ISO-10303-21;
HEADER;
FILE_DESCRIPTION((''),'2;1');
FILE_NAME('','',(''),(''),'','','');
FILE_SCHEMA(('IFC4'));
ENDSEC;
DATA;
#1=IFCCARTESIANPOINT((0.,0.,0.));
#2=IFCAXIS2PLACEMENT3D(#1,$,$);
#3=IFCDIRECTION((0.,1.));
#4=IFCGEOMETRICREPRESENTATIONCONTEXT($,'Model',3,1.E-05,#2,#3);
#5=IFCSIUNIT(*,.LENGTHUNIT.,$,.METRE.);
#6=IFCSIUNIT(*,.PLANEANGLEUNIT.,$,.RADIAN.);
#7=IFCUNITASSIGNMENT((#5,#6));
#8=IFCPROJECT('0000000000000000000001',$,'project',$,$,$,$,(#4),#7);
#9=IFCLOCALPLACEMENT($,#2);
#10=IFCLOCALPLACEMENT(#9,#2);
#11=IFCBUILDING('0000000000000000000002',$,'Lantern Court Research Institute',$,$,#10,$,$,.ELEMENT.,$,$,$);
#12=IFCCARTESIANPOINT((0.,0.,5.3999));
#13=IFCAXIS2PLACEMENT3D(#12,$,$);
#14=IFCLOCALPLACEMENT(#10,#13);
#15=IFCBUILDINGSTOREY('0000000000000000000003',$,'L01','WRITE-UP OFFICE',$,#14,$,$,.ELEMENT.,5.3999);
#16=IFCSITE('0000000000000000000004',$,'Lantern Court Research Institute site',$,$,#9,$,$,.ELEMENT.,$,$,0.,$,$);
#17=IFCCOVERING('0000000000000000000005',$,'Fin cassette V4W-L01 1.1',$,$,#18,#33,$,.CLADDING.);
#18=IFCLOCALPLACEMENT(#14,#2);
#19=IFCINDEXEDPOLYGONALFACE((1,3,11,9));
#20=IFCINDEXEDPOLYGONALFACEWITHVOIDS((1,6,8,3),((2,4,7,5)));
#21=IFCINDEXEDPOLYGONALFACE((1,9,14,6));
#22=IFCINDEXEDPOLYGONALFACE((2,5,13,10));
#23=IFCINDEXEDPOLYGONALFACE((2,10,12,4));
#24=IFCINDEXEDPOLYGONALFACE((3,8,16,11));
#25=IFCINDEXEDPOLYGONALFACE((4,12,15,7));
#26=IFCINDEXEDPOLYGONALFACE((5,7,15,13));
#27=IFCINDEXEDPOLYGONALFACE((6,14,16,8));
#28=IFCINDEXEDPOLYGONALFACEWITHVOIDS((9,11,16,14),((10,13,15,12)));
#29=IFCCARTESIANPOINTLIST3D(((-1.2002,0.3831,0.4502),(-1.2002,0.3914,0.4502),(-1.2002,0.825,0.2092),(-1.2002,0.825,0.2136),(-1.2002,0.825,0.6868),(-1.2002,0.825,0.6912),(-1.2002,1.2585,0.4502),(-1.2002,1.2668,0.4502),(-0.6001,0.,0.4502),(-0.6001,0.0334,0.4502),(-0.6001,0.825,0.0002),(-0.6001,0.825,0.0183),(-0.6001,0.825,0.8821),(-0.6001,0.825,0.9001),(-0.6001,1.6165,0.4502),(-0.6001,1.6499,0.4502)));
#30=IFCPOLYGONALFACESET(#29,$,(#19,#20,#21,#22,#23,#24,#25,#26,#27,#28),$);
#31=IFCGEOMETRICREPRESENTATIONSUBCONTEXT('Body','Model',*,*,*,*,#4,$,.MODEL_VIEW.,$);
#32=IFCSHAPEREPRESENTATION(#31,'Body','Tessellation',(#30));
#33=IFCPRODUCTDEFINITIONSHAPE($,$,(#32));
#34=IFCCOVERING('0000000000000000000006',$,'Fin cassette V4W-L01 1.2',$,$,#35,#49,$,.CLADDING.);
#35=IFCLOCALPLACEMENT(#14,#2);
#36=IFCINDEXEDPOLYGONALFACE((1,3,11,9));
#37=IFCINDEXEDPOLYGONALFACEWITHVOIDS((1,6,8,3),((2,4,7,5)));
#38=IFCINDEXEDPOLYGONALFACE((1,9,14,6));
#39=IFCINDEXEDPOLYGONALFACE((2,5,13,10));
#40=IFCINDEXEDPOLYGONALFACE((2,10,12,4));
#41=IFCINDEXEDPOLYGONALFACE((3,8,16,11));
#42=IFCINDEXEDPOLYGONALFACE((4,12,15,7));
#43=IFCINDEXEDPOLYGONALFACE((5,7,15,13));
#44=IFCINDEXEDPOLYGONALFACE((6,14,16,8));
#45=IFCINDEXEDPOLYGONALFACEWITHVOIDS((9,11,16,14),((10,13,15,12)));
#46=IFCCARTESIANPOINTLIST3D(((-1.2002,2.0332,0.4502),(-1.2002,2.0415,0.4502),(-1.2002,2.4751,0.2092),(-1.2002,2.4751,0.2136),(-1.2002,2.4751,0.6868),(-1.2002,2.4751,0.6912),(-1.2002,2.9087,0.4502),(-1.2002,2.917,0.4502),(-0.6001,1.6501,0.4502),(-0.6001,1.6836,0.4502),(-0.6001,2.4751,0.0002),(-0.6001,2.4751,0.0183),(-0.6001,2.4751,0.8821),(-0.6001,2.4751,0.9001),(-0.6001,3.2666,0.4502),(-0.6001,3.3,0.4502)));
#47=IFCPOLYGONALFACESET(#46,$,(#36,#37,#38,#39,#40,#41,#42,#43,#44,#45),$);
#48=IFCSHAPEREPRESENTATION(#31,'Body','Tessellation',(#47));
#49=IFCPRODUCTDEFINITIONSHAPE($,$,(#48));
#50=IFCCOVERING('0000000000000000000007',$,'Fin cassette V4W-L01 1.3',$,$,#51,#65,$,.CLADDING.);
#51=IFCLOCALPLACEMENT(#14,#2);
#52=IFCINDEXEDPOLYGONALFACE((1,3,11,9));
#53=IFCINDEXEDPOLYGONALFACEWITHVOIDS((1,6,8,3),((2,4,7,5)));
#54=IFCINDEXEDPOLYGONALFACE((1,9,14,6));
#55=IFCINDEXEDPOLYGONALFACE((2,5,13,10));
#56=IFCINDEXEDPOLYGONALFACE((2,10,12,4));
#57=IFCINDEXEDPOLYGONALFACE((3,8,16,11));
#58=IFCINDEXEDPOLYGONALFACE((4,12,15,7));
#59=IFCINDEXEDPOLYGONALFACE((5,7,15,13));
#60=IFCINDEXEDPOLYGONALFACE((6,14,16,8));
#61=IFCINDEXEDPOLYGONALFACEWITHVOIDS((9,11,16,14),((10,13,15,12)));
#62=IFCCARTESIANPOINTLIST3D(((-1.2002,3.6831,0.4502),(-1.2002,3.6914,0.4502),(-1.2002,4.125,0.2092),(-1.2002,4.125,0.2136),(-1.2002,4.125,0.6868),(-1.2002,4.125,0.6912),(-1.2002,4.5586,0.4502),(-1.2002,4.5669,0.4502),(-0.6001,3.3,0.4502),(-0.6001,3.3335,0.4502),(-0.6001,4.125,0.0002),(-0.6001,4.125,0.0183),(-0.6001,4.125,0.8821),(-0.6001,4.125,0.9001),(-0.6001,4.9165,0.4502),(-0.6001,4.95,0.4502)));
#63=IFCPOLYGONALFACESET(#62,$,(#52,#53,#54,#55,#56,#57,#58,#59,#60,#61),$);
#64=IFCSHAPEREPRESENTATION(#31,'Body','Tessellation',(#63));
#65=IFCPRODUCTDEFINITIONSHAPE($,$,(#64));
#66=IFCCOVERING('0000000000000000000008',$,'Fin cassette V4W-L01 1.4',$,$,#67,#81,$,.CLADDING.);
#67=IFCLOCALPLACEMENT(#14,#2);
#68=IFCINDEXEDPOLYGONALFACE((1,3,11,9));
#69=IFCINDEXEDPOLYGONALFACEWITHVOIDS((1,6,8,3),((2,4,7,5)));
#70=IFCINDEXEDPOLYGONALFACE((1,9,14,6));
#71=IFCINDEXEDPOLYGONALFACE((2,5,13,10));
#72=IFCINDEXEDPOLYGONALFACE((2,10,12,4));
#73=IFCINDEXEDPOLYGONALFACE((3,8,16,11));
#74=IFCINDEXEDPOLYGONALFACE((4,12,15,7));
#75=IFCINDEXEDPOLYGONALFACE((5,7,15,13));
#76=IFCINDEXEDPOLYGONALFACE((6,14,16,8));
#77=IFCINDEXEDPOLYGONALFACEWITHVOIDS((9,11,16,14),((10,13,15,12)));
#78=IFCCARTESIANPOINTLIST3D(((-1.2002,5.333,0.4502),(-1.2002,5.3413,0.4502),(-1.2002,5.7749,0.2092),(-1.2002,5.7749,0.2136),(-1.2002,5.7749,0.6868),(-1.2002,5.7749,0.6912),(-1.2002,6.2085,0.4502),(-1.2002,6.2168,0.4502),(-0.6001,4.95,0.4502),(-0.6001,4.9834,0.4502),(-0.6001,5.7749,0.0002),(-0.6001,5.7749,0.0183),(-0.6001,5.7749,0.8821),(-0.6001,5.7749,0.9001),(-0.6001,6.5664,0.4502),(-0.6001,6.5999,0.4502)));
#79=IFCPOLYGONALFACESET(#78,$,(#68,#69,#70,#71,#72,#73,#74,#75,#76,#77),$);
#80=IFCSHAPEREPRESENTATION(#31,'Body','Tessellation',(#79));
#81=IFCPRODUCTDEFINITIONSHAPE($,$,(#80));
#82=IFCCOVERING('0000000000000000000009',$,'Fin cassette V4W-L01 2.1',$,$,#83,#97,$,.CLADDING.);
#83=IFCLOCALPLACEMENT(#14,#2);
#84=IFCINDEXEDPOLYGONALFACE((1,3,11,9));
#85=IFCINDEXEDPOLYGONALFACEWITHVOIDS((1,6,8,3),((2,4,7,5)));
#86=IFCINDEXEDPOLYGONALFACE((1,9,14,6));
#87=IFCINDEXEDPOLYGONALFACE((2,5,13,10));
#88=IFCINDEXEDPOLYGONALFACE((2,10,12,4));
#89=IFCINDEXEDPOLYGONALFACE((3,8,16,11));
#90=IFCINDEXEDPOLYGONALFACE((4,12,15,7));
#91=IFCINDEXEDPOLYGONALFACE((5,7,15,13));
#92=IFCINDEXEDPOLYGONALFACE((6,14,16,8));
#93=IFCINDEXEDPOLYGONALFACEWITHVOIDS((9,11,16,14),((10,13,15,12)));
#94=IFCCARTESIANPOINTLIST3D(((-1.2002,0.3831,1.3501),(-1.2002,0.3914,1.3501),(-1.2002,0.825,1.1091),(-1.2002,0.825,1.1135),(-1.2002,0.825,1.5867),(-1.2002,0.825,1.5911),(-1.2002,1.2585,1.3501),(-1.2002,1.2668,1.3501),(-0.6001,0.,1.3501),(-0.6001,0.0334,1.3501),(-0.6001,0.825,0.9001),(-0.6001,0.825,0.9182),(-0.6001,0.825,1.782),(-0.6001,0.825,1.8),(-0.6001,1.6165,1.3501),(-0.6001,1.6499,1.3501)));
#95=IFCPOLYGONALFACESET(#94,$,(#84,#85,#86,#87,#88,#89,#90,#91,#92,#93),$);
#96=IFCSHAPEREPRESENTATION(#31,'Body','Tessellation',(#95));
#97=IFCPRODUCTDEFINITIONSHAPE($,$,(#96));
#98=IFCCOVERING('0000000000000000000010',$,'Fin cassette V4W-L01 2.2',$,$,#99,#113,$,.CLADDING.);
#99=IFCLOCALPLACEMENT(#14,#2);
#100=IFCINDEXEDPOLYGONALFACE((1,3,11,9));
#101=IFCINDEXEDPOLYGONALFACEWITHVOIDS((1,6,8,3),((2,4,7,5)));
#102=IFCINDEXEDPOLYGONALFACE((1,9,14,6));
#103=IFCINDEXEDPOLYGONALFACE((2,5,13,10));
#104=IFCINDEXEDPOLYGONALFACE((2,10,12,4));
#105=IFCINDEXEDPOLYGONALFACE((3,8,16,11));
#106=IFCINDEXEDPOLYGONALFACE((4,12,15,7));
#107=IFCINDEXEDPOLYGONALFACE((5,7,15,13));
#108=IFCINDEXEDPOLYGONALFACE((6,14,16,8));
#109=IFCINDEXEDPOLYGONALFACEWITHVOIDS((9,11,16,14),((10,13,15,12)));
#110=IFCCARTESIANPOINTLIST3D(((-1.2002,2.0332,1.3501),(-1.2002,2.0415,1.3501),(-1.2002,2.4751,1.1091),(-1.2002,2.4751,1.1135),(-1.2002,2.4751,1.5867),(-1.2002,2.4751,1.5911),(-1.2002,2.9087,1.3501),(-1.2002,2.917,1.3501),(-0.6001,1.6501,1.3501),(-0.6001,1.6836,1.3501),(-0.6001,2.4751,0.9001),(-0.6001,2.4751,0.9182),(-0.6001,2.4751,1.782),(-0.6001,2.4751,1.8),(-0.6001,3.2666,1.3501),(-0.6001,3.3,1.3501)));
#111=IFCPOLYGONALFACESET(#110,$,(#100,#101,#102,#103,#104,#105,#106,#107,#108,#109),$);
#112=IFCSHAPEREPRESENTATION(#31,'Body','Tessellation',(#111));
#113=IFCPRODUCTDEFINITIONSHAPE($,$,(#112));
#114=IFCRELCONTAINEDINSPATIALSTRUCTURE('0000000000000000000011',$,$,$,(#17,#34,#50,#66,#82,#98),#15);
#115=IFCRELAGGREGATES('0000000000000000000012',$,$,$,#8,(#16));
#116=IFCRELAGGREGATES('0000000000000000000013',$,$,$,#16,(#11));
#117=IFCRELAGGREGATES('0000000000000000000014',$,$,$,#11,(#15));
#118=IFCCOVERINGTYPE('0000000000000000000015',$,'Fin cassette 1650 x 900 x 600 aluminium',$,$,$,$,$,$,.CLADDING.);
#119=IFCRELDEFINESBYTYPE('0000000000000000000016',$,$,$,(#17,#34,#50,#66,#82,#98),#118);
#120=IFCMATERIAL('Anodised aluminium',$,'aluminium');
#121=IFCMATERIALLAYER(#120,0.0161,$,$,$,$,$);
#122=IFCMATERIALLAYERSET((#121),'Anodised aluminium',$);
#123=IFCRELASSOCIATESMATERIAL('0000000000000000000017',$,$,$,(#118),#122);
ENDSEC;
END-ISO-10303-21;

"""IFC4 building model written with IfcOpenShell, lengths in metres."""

from ifc_helpers import new_model, entity, si_unit, direction, frame, origin, place, context, subcontext, project, spatial, material, layer, layer_set, type_object, element, save


model = new_model("IFC4")

# Units and contexts
model_context = context("Model", 3, precision=1e-05, world=origin(), true_north=direction((0.0, 1.0)))
body_context = subcontext(model_context, "Body", "Model", "MODEL_VIEW")
ifc_project = project(units=[si_unit("LENGTHUNIT", "METRE"), si_unit("PLANEANGLEUNIT", "RADIAN")], contexts=[model_context])

# Site, building, storey
site_placement = place(None, origin())
site = spatial("IfcSite", under=ifc_project, at=site_placement, Name="Lantern Court Research Institute site", CompositionType="ELEMENT", RefElevation=0.0)
building_placement = place(site_placement, origin())
building = spatial("IfcBuilding", under=site, at=building_placement, Name="Lantern Court Research Institute", CompositionType="ELEMENT")
storey_placement = place(building_placement, frame((0.0, 0.0, 5.3999)))
storey = spatial("IfcBuildingStorey", under=building, at=storey_placement, Name="L01", Description="WRITE-UP OFFICE", CompositionType="ELEMENT", Elevation=5.3999)

# Coverings
ifc_material_1 = material(Name="Anodised aluminium", Category="aluminium")
ifc_layer_1 = layer(ifc_material_1, 0.0161)
ifc_layer_set_1 = layer_set([ifc_layer_1], Name="Anodised aluminium")
covering_type = type_object("IfcCoveringType", Name="Fin cassette 1650 x 900 x 600 aluminium", PredefinedType="CLADDING", material=ifc_layer_set_1)
covering_1_placement = place(storey_placement, frame((-0.6001, 0.825, 0.4502), z_axis=(-1.0, 0.0, 0.0), x_axis=(0.0, -1.0, 0.0)))
cartesian_point_1 = entity("IfcCartesianPoint", [0.825, 0.0])
cartesian_point_2 = entity("IfcCartesianPoint", [0.7915, 0.0])
cartesian_point_3 = entity("IfcCartesianPoint", [0.4419, 0.0])
cartesian_point_4 = entity("IfcCartesianPoint", [0.4336, 0.0])
element("IfcCovering", 1, at=covering_1_placement, inside=storey, type_object=covering_type, Name="Fin cassette V4W-L01 1.1", PredefinedType="CLADDING", context=body_context, shape_type="SweptSolid", body=[
    entity("IfcExtrudedAreaSolidTapered", entity("IfcArbitraryProfileDefWithVoids", "AREA", None, entity("IfcPolyline", [cartesian_point_1, entity("IfcCartesianPoint", [0.0, 0.45]), entity("IfcCartesianPoint", [-0.825, 0.0]), entity("IfcCartesianPoint", [0.0, -0.45]), cartesian_point_1]), [entity("IfcPolyline", [cartesian_point_2, entity("IfcCartesianPoint", [0.0, 0.4319]), entity("IfcCartesianPoint", [-0.7915, 0.0]), entity("IfcCartesianPoint", [0.0, -0.4319]), cartesian_point_2])]), entity("IfcAxis2Placement3D", entity("IfcCartesianPoint", [0.0, 0.0, 0.0])), entity("IfcDirection", [0.0, 0.0, 1.0]), 0.6001, entity("IfcArbitraryProfileDefWithVoids", "AREA", None, entity("IfcPolyline", [cartesian_point_3, entity("IfcCartesianPoint", [0.0, 0.241]), entity("IfcCartesianPoint", [-0.4419, 0.0]), entity("IfcCartesianPoint", [0.0, -0.241]), cartesian_point_3]), [entity("IfcPolyline", [cartesian_point_4, entity("IfcCartesianPoint", [0.0, 0.2366]), entity("IfcCartesianPoint", [-0.4336, 0.0]), entity("IfcCartesianPoint", [0.0, -0.2366]), cartesian_point_4])])),
])
covering_2_placement = place(storey_placement, frame((-0.6001, 2.4751, 0.4502), z_axis=(-1.0, 0.0, 0.0), x_axis=(0.0, -1.0, 0.0)))
cartesian_point_5 = entity("IfcCartesianPoint", [0.825, 0.0])
cartesian_point_6 = entity("IfcCartesianPoint", [0.7915, 0.0])
cartesian_point_7 = entity("IfcCartesianPoint", [0.4419, 0.0])
cartesian_point_8 = entity("IfcCartesianPoint", [0.4336, 0.0])
element("IfcCovering", 2, at=covering_2_placement, inside=storey, type_object=covering_type, Name="Fin cassette V4W-L01 1.2", PredefinedType="CLADDING", context=body_context, shape_type="SweptSolid", body=[
    entity("IfcExtrudedAreaSolidTapered", entity("IfcArbitraryProfileDefWithVoids", "AREA", None, entity("IfcPolyline", [cartesian_point_5, entity("IfcCartesianPoint", [0.0, 0.45]), entity("IfcCartesianPoint", [-0.825, 0.0]), entity("IfcCartesianPoint", [0.0, -0.45]), cartesian_point_5]), [entity("IfcPolyline", [cartesian_point_6, entity("IfcCartesianPoint", [0.0, 0.4319]), entity("IfcCartesianPoint", [-0.7915, 0.0]), entity("IfcCartesianPoint", [0.0, -0.4319]), cartesian_point_6])]), entity("IfcAxis2Placement3D", entity("IfcCartesianPoint", [0.0, 0.0, 0.0])), entity("IfcDirection", [0.0, 0.0, 1.0]), 0.6001, entity("IfcArbitraryProfileDefWithVoids", "AREA", None, entity("IfcPolyline", [cartesian_point_7, entity("IfcCartesianPoint", [0.0, 0.241]), entity("IfcCartesianPoint", [-0.4419, 0.0]), entity("IfcCartesianPoint", [0.0, -0.241]), cartesian_point_7]), [entity("IfcPolyline", [cartesian_point_8, entity("IfcCartesianPoint", [0.0, 0.2366]), entity("IfcCartesianPoint", [-0.4336, 0.0]), entity("IfcCartesianPoint", [0.0, -0.2366]), cartesian_point_8])])),
])
covering_3_placement = place(storey_placement, frame((-0.6001, 4.125, 0.4502), z_axis=(-1.0, 0.0, 0.0), x_axis=(0.0, -1.0, 0.0)))
cartesian_point_9 = entity("IfcCartesianPoint", [0.825, 0.0])
cartesian_point_10 = entity("IfcCartesianPoint", [0.7915, 0.0])
cartesian_point_11 = entity("IfcCartesianPoint", [0.4419, 0.0])
cartesian_point_12 = entity("IfcCartesianPoint", [0.4336, 0.0])
element("IfcCovering", 3, at=covering_3_placement, inside=storey, type_object=covering_type, Name="Fin cassette V4W-L01 1.3", PredefinedType="CLADDING", context=body_context, shape_type="SweptSolid", body=[
    entity("IfcExtrudedAreaSolidTapered", entity("IfcArbitraryProfileDefWithVoids", "AREA", None, entity("IfcPolyline", [cartesian_point_9, entity("IfcCartesianPoint", [0.0, 0.45]), entity("IfcCartesianPoint", [-0.825, 0.0]), entity("IfcCartesianPoint", [0.0, -0.45]), cartesian_point_9]), [entity("IfcPolyline", [cartesian_point_10, entity("IfcCartesianPoint", [0.0, 0.4319]), entity("IfcCartesianPoint", [-0.7915, 0.0]), entity("IfcCartesianPoint", [0.0, -0.4319]), cartesian_point_10])]), entity("IfcAxis2Placement3D", entity("IfcCartesianPoint", [0.0, 0.0, 0.0])), entity("IfcDirection", [0.0, 0.0, 1.0]), 0.6001, entity("IfcArbitraryProfileDefWithVoids", "AREA", None, entity("IfcPolyline", [cartesian_point_11, entity("IfcCartesianPoint", [0.0, 0.241]), entity("IfcCartesianPoint", [-0.4419, 0.0]), entity("IfcCartesianPoint", [0.0, -0.241]), cartesian_point_11]), [entity("IfcPolyline", [cartesian_point_12, entity("IfcCartesianPoint", [0.0, 0.2366]), entity("IfcCartesianPoint", [-0.4336, 0.0]), entity("IfcCartesianPoint", [0.0, -0.2366]), cartesian_point_12])])),
])
covering_4_placement = place(storey_placement, frame((-0.6001, 5.7749, 0.4502), z_axis=(-1.0, 0.0, 0.0), x_axis=(0.0, -1.0, 0.0)))
cartesian_point_13 = entity("IfcCartesianPoint", [0.825, 0.0])
cartesian_point_14 = entity("IfcCartesianPoint", [0.7915, 0.0])
cartesian_point_15 = entity("IfcCartesianPoint", [0.4419, 0.0])
cartesian_point_16 = entity("IfcCartesianPoint", [0.4336, 0.0])
element("IfcCovering", 4, at=covering_4_placement, inside=storey, type_object=covering_type, Name="Fin cassette V4W-L01 1.4", PredefinedType="CLADDING", context=body_context, shape_type="SweptSolid", body=[
    entity("IfcExtrudedAreaSolidTapered", entity("IfcArbitraryProfileDefWithVoids", "AREA", None, entity("IfcPolyline", [cartesian_point_13, entity("IfcCartesianPoint", [0.0, 0.45]), entity("IfcCartesianPoint", [-0.825, 0.0]), entity("IfcCartesianPoint", [0.0, -0.45]), cartesian_point_13]), [entity("IfcPolyline", [cartesian_point_14, entity("IfcCartesianPoint", [0.0, 0.4319]), entity("IfcCartesianPoint", [-0.7915, 0.0]), entity("IfcCartesianPoint", [0.0, -0.4319]), cartesian_point_14])]), entity("IfcAxis2Placement3D", entity("IfcCartesianPoint", [0.0, 0.0, 0.0])), entity("IfcDirection", [0.0, 0.0, 1.0]), 0.6001, entity("IfcArbitraryProfileDefWithVoids", "AREA", None, entity("IfcPolyline", [cartesian_point_15, entity("IfcCartesianPoint", [0.0, 0.241]), entity("IfcCartesianPoint", [-0.4419, 0.0]), entity("IfcCartesianPoint", [0.0, -0.241]), cartesian_point_15]), [entity("IfcPolyline", [cartesian_point_16, entity("IfcCartesianPoint", [0.0, 0.2366]), entity("IfcCartesianPoint", [-0.4336, 0.0]), entity("IfcCartesianPoint", [0.0, -0.2366]), cartesian_point_16])])),
])
covering_5_placement = place(storey_placement, frame((-0.6001, 0.825, 1.3501), z_axis=(-1.0, 0.0, 0.0), x_axis=(0.0, -1.0, 0.0)))
cartesian_point_17 = entity("IfcCartesianPoint", [0.825, 0.0])
cartesian_point_18 = entity("IfcCartesianPoint", [0.7915, 0.0])
cartesian_point_19 = entity("IfcCartesianPoint", [0.4419, 0.0])
cartesian_point_20 = entity("IfcCartesianPoint", [0.4336, 0.0])
element("IfcCovering", 5, at=covering_5_placement, inside=storey, type_object=covering_type, Name="Fin cassette V4W-L01 2.1", PredefinedType="CLADDING", context=body_context, shape_type="SweptSolid", body=[
    entity("IfcExtrudedAreaSolidTapered", entity("IfcArbitraryProfileDefWithVoids", "AREA", None, entity("IfcPolyline", [cartesian_point_17, entity("IfcCartesianPoint", [0.0, 0.45]), entity("IfcCartesianPoint", [-0.825, 0.0]), entity("IfcCartesianPoint", [0.0, -0.45]), cartesian_point_17]), [entity("IfcPolyline", [cartesian_point_18, entity("IfcCartesianPoint", [0.0, 0.4319]), entity("IfcCartesianPoint", [-0.7915, 0.0]), entity("IfcCartesianPoint", [0.0, -0.4319]), cartesian_point_18])]), entity("IfcAxis2Placement3D", entity("IfcCartesianPoint", [0.0, 0.0, 0.0])), entity("IfcDirection", [0.0, 0.0, 1.0]), 0.6001, entity("IfcArbitraryProfileDefWithVoids", "AREA", None, entity("IfcPolyline", [cartesian_point_19, entity("IfcCartesianPoint", [0.0, 0.241]), entity("IfcCartesianPoint", [-0.4419, 0.0]), entity("IfcCartesianPoint", [0.0, -0.241]), cartesian_point_19]), [entity("IfcPolyline", [cartesian_point_20, entity("IfcCartesianPoint", [0.0, 0.2366]), entity("IfcCartesianPoint", [-0.4336, 0.0]), entity("IfcCartesianPoint", [0.0, -0.2366]), cartesian_point_20])])),
])
covering_6_placement = place(storey_placement, frame((-0.6001, 2.4751, 1.3501), z_axis=(-1.0, 0.0, 0.0), x_axis=(0.0, -1.0, 0.0)))
cartesian_point_21 = entity("IfcCartesianPoint", [0.825, 0.0])
cartesian_point_22 = entity("IfcCartesianPoint", [0.7915, 0.0])
cartesian_point_23 = entity("IfcCartesianPoint", [0.4419, 0.0])
cartesian_point_24 = entity("IfcCartesianPoint", [0.4336, 0.0])
element("IfcCovering", 6, at=covering_6_placement, inside=storey, type_object=covering_type, Name="Fin cassette V4W-L01 2.2", PredefinedType="CLADDING", context=body_context, shape_type="SweptSolid", body=[
    entity("IfcExtrudedAreaSolidTapered", entity("IfcArbitraryProfileDefWithVoids", "AREA", None, entity("IfcPolyline", [cartesian_point_21, entity("IfcCartesianPoint", [0.0, 0.45]), entity("IfcCartesianPoint", [-0.825, 0.0]), entity("IfcCartesianPoint", [0.0, -0.45]), cartesian_point_21]), [entity("IfcPolyline", [cartesian_point_22, entity("IfcCartesianPoint", [0.0, 0.4319]), entity("IfcCartesianPoint", [-0.7915, 0.0]), entity("IfcCartesianPoint", [0.0, -0.4319]), cartesian_point_22])]), entity("IfcAxis2Placement3D", entity("IfcCartesianPoint", [0.0, 0.0, 0.0])), entity("IfcDirection", [0.0, 0.0, 1.0]), 0.6001, entity("IfcArbitraryProfileDefWithVoids", "AREA", None, entity("IfcPolyline", [cartesian_point_23, entity("IfcCartesianPoint", [0.0, 0.241]), entity("IfcCartesianPoint", [-0.4419, 0.0]), entity("IfcCartesianPoint", [0.0, -0.241]), cartesian_point_23]), [entity("IfcPolyline", [cartesian_point_24, entity("IfcCartesianPoint", [0.0, 0.2366]), entity("IfcCartesianPoint", [-0.4336, 0.0]), entity("IfcCartesianPoint", [0.0, -0.2366]), cartesian_point_24])])),
])

save(model, "model.ifc")
